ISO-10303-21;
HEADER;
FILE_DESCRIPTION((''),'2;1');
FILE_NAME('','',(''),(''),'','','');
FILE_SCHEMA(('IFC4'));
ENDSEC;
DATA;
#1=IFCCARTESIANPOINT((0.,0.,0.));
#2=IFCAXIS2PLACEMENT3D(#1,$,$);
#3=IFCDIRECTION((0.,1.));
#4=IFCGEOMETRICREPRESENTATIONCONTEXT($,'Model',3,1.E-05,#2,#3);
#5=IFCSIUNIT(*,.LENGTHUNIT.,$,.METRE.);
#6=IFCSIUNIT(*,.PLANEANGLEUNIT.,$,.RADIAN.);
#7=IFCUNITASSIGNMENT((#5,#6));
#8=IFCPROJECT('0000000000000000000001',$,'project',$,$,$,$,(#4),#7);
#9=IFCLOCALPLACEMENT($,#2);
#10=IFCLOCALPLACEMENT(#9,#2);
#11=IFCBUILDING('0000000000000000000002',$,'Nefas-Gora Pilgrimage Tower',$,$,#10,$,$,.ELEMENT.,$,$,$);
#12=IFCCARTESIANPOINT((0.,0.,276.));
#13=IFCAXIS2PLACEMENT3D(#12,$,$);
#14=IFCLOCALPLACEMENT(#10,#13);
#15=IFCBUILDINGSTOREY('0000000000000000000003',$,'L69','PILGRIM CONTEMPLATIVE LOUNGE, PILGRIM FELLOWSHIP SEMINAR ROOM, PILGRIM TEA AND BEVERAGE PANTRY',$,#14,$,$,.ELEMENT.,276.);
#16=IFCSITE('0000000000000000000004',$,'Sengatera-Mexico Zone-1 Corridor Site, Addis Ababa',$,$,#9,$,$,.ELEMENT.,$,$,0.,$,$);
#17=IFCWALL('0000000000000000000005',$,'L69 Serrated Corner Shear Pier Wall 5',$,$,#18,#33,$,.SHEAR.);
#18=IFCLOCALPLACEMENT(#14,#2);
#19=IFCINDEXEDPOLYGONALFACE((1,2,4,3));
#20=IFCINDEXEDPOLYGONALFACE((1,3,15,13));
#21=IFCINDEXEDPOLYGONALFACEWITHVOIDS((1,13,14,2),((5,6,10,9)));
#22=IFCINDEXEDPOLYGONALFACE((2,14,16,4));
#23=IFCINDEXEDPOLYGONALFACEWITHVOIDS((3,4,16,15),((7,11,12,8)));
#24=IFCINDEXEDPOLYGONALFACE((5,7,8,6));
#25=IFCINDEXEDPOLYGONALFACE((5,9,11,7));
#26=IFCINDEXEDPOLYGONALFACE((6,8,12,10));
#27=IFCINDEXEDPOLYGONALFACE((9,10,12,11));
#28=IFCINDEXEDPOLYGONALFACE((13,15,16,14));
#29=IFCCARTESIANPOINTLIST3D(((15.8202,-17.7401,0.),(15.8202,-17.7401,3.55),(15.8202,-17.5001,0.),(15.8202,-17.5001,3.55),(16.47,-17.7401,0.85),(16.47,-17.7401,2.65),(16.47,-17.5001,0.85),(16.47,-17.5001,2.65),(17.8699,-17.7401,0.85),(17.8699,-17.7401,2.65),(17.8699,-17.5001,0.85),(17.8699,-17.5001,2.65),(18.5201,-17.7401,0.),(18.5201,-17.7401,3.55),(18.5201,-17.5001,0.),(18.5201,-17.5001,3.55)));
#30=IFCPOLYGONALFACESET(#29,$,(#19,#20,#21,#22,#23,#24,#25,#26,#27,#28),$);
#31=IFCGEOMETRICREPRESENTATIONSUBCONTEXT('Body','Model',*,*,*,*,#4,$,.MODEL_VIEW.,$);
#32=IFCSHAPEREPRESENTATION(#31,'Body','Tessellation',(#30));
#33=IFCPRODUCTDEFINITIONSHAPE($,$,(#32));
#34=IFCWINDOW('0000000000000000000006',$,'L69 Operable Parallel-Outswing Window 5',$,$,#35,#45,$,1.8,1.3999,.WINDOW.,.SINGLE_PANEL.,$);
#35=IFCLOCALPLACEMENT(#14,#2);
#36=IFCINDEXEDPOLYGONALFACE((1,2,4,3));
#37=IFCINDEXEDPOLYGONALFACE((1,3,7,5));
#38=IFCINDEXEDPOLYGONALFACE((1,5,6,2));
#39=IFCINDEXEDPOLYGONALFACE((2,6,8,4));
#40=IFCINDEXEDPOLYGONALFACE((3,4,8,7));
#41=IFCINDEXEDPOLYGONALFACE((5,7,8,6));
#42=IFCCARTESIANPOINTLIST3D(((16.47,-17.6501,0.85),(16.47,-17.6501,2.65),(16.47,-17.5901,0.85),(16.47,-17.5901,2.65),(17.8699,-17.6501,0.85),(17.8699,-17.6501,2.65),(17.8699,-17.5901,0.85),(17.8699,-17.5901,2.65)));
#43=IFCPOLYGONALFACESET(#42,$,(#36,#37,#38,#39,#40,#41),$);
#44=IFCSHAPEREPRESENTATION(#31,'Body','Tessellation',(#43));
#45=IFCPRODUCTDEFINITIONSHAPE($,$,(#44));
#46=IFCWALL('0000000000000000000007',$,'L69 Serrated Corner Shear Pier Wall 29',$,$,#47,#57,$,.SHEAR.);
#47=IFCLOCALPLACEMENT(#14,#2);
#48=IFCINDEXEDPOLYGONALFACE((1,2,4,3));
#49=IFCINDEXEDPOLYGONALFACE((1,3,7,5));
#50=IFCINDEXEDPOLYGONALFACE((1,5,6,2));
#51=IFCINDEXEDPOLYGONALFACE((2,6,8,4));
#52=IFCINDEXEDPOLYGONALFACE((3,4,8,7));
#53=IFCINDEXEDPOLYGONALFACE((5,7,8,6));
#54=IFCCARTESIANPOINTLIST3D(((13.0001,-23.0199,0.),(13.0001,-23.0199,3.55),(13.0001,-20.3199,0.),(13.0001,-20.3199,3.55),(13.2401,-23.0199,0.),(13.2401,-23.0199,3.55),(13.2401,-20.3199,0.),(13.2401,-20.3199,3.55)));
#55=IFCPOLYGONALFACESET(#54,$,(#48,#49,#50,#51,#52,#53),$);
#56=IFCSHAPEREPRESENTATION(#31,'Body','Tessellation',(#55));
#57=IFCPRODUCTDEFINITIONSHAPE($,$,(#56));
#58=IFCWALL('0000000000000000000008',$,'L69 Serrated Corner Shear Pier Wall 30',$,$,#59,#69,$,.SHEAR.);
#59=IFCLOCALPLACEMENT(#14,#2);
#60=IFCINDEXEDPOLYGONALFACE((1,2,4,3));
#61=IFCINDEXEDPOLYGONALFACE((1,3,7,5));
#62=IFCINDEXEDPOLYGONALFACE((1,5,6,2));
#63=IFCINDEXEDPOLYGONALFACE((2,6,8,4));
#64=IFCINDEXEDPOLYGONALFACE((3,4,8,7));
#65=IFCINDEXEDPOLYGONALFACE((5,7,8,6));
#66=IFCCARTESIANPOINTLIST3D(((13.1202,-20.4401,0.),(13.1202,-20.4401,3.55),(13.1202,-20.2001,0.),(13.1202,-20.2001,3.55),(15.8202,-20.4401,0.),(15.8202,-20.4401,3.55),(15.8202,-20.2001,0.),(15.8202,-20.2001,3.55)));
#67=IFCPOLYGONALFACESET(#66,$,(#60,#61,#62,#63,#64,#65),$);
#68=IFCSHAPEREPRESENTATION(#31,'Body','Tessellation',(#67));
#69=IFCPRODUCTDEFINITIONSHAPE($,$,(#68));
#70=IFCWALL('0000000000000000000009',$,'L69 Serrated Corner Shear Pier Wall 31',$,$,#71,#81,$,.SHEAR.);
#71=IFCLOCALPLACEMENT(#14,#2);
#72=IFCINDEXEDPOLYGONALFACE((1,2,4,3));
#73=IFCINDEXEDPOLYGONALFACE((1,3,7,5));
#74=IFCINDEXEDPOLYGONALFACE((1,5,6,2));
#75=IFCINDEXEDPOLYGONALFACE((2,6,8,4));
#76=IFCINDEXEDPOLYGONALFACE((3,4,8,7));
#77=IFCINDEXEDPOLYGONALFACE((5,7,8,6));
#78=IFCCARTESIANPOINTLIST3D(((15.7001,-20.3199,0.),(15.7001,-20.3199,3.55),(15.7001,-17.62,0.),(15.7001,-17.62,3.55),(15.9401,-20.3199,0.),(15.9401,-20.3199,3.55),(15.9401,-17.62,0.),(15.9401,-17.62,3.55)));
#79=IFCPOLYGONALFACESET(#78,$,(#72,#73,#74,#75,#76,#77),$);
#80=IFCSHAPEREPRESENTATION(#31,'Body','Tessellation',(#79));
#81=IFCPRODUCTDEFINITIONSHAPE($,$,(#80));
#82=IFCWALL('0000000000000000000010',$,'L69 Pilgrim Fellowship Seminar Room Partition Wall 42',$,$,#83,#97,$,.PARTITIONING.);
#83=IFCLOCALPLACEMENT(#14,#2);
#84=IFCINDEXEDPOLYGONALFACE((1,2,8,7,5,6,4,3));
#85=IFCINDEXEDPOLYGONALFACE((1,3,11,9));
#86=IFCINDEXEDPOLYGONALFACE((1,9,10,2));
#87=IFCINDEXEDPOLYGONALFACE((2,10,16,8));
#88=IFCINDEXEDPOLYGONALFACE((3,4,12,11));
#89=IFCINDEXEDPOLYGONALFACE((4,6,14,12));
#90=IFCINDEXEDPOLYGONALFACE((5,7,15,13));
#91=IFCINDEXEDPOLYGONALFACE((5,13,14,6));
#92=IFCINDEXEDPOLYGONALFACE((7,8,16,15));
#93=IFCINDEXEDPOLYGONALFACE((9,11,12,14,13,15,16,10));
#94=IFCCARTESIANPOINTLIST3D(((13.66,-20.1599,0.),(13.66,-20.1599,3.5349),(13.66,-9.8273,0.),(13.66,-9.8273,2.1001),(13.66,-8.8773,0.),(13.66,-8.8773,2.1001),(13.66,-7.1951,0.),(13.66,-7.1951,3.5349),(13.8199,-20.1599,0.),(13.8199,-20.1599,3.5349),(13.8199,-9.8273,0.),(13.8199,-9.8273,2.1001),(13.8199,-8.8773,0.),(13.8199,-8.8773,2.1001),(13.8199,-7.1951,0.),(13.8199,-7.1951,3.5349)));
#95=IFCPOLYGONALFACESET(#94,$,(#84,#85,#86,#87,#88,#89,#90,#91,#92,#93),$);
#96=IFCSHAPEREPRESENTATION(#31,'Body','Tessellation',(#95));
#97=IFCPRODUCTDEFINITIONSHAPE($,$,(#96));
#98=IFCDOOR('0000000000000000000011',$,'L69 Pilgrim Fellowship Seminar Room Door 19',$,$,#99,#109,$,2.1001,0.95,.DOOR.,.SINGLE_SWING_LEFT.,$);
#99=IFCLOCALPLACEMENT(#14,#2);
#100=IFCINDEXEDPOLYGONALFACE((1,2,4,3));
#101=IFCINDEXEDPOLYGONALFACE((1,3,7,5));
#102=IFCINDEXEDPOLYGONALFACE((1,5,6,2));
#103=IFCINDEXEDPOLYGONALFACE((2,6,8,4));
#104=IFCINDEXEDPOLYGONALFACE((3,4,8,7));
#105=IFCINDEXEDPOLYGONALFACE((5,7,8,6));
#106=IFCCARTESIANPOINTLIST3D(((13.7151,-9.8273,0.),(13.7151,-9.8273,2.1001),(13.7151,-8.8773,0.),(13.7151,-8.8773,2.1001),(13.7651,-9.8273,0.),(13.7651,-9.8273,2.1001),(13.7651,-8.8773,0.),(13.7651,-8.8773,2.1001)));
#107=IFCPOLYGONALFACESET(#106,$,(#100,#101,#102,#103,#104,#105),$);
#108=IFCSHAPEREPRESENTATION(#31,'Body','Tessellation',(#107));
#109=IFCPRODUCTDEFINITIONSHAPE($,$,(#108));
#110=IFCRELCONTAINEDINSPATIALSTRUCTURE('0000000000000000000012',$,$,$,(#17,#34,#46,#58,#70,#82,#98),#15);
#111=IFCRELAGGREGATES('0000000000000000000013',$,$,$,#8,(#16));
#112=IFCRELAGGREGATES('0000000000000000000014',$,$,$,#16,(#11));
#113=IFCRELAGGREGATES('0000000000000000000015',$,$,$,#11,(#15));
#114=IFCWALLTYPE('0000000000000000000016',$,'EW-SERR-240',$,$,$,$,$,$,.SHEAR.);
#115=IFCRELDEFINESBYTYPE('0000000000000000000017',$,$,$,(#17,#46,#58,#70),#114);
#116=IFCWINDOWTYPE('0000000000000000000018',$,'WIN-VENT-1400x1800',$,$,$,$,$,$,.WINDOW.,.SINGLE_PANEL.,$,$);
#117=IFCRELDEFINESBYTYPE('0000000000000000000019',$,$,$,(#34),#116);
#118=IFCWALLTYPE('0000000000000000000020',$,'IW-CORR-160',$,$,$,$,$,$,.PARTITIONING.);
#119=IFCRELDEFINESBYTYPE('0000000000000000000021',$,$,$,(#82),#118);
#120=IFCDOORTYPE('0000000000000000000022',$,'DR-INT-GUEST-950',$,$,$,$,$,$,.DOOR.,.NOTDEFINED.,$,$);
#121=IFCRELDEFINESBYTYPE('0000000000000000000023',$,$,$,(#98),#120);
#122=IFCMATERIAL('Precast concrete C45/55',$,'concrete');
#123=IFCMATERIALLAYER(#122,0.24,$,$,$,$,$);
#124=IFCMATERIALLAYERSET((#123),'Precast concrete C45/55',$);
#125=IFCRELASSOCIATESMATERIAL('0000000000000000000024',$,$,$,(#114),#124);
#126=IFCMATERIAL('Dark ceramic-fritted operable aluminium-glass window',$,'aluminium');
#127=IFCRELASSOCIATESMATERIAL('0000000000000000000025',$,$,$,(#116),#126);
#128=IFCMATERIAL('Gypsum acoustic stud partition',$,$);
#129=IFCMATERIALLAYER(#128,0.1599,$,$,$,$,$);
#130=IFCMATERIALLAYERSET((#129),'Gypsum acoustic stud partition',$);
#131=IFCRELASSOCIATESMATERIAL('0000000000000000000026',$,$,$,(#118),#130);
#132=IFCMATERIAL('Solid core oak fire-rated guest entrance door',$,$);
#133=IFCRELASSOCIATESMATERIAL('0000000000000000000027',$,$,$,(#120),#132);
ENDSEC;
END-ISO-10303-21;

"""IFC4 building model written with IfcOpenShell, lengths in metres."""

from ifc_helpers import new_model, si_unit, direction, frame, frame_2d, origin, place, context, subcontext, project, spatial, rectangle, extrude, source, transform, mapped, material, layer, layer_set, type_object, element, fill, save


model = new_model("IFC4")

# Units and contexts
model_context = context("Model", 3, precision=1e-05, world=origin(), true_north=direction((0.0, 1.0)))
body_context = subcontext(model_context, "Body", "Model", "MODEL_VIEW")
ifc_project = project(units=[si_unit("LENGTHUNIT", "METRE"), si_unit("PLANEANGLEUNIT", "RADIAN")], contexts=[model_context])

# Site, building, storey
site_placement = place(None, origin())
site = spatial("IfcSite", under=ifc_project, at=site_placement, Name="Sengatera-Mexico Zone-1 Corridor Site, Addis Ababa", CompositionType="ELEMENT", RefElevation=0.0)
building_placement = place(site_placement, origin())
building = spatial("IfcBuilding", under=site, at=building_placement, Name="Nefas-Gora Pilgrimage Tower", CompositionType="ELEMENT")
storey_placement = place(building_placement, frame((0.0, 0.0, 276.0)))
storey = spatial("IfcBuildingStorey", under=building, at=storey_placement, Name="L69", Description="PILGRIM CONTEMPLATIVE LOUNGE, PILGRIM FELLOWSHIP SEMINAR ROOM, PILGRIM TEA AND BEVERAGE PANTRY", CompositionType="ELEMENT", Elevation=276.0)

# Shared definitions
ifc_material_1 = material(Name="Precast concrete C45/55", Category="concrete")
ifc_layer_1 = layer(ifc_material_1, 0.24)
ifc_layer_set_1 = layer_set([ifc_layer_1], Name="Precast concrete C45/55")
wall_type_1 = type_object("IfcWallType", Name="EW-SERR-240", PredefinedType="SHEAR", material=ifc_layer_set_1)

# Wall, opening, window
shared_shape_1 = source(origin(), body_context, "Body", "SweptSolid", [
    extrude(rectangle(XDim=2.7, YDim=0.24, at=frame_2d((1.3501, 0.0))), origin(), (0.0, 0.0, 1.0), 3.55),
])
wall_1_placement = place(storey_placement, frame((15.8201, -17.6201, 0.0), z_axis=(0.0, 0.0, 1.0), x_axis=(1.0, 0.0, 0.0)))
wall_1 = element("IfcWall", 1, at=wall_1_placement, inside=storey, type_object=wall_type_1, Name="L69 Serrated Corner Shear Pier Wall 5", PredefinedType="SHEAR", context=body_context, shape_type="MappedRepresentation", body=[
    mapped(shared_shape_1, transform((0.0, 0.0, 0.0), x_axis=(1.0, 0.0, 0.0), y_axis=(0.0, 1.0, 0.0), z_axis=(0.0, 0.0, 1.0), scale=1.0)),
])
opening_1_placement = place(wall_1_placement, frame((0.6499, 0.0, 0.8501)))
opening_1 = element("IfcOpeningElement", 2, at=opening_1_placement, cuts=wall_1, PredefinedType="OPENING", context=body_context, shape_type="SweptSolid", body=[
    extrude(rectangle(XDim=1.3999, YDim=1.8, at=frame_2d((0.7, 0.8999))), frame((0.0, 0.1299, 0.0), z_axis=(0.0, -1.0, 0.0), x_axis=(1.0, 0.0, 0.0)), (0.0, 0.0, 1.0), 0.26),
])
ifc_material_2 = material(Name="Dark ceramic-fritted operable aluminium-glass window", Category="aluminium")
window_type = type_object("IfcWindowType", Name="WIN-VENT-1400x1800", PartitioningType="SINGLE_PANEL", PredefinedType="WINDOW", material=ifc_material_2)
shared_shape_2 = source(origin(), body_context, "Body", "SweptSolid", [
    extrude(rectangle(XDim=1.3999, YDim=1.8, at=frame_2d((0.7, 0.8999))), frame((0.0, 0.03, 0.0), z_axis=(0.0, -1.0, 0.0), x_axis=(1.0, 0.0, 0.0)), (0.0, 0.0, 1.0), 0.0601),
])
window_placement = place(opening_1_placement, origin())
window = element("IfcWindow", 3, at=window_placement, inside=storey, type_object=window_type, Name="L69 Operable Parallel-Outswing Window 5", OverallHeight=1.8, OverallWidth=1.3999, PartitioningType="SINGLE_PANEL", PredefinedType="WINDOW", context=body_context, shape_type="MappedRepresentation", body=[
    mapped(shared_shape_2, transform((0.0, 0.0, 0.0), x_axis=(1.0, 0.0, 0.0), y_axis=(0.0, 1.0, 0.0), z_axis=(0.0, 0.0, 1.0), scale=1.0)),
])
fill(opening_1, window)

# Walls
for number, where, z_axis, x_axis, name in (
    (4, (13.1201, -23.02, 0.0), (0.0, 0.0, 1.0), (0.0, 1.0, 0.0), "L69 Serrated Corner Shear Pier Wall 29"),
    (5, (13.1201, -20.3201, 0.0), (0.0, 0.0, 1.0), (1.0, 0.0, 0.0), "L69 Serrated Corner Shear Pier Wall 30"),
    (6, (15.8201, -20.3201, 0.0), (0.0, 0.0, 1.0), (0.0, 1.0, 0.0), "L69 Serrated Corner Shear Pier Wall 31"),
):
    element("IfcWall", number, at=place(storey_placement, frame(where, z_axis=z_axis, x_axis=x_axis)), inside=storey, type_object=wall_type_1, Name=name, PredefinedType="SHEAR", context=body_context, shape_type="MappedRepresentation", body=[
        mapped(shared_shape_1, transform((0.0, 0.0, 0.0), x_axis=(1.0, 0.0, 0.0), y_axis=(0.0, 1.0, 0.0), z_axis=(0.0, 0.0, 1.0), scale=1.0)),
    ])

# Wall, opening, door
ifc_material_3 = material(Name="Gypsum acoustic stud partition")
ifc_layer_2 = layer(ifc_material_3, 0.1599)
ifc_layer_set_2 = layer_set([ifc_layer_2], Name="Gypsum acoustic stud partition")
wall_type_2 = type_object("IfcWallType", Name="IW-CORR-160", PredefinedType="PARTITIONING", material=ifc_layer_set_2)
shared_shape_3 = source(origin(), body_context, "Body", "SweptSolid", [
    extrude(rectangle(XDim=12.9648, YDim=0.1599, at=frame_2d((6.4824, 0.0))), origin(), (0.0, 0.0, 1.0), 3.5349),
])
wall_2_placement = place(storey_placement, frame((13.74, -20.1599, 0.0), z_axis=(0.0, 0.0, 1.0), x_axis=(0.0, 1.0, 0.0)))
wall_2 = element("IfcWall", 7, at=wall_2_placement, inside=storey, type_object=wall_type_2, Name="L69 Pilgrim Fellowship Seminar Room Partition Wall 42", PredefinedType="PARTITIONING", context=body_context, shape_type="MappedRepresentation", body=[
    mapped(shared_shape_3, transform((0.0, 0.0, 0.0), x_axis=(1.0, 0.0, 0.0), y_axis=(0.0, 1.0, 0.0), z_axis=(0.0, 0.0, 1.0), scale=1.0)),
])
opening_2_placement = place(wall_2_placement, frame((10.3325, 0.0, 0.0)))
opening_2 = element("IfcOpeningElement", 8, at=opening_2_placement, cuts=wall_2, PredefinedType="OPENING", context=body_context, shape_type="SweptSolid", body=[
    extrude(rectangle(XDim=0.95, YDim=2.1001, at=frame_2d((0.4751, 1.05))), frame((0.0, 0.0898, 0.0), z_axis=(0.0, -1.0, 0.0), x_axis=(1.0, 0.0, 0.0)), (0.0, 0.0, 1.0), 0.1799),
])
ifc_material_4 = material(Name="Solid core oak fire-rated guest entrance door")
door_type = type_object("IfcDoorType", Name="DR-INT-GUEST-950", OperationType="NOTDEFINED", PredefinedType="DOOR", material=ifc_material_4)
shared_shape_4 = source(origin(), body_context, "Body", "SweptSolid", [
    extrude(rectangle(XDim=0.95, YDim=2.1001, at=frame_2d((0.4751, 1.05))), frame((0.0, 0.0249, 0.0), z_axis=(0.0, -1.0, 0.0), x_axis=(1.0, 0.0, 0.0)), (0.0, 0.0, 1.0), 0.05),
])
door_placement = place(opening_2_placement, origin())
door = element("IfcDoor", 9, at=door_placement, inside=storey, type_object=door_type, Name="L69 Pilgrim Fellowship Seminar Room Door 19", OperationType="SINGLE_SWING_LEFT", OverallHeight=2.1001, OverallWidth=0.95, PredefinedType="DOOR", context=body_context, shape_type="MappedRepresentation", body=[
    mapped(shared_shape_4, transform((0.0, 0.0, 0.0), x_axis=(1.0, 0.0, 0.0), y_axis=(0.0, 1.0, 0.0), z_axis=(0.0, 0.0, 1.0), scale=1.0)),
])
fill(opening_2, door)

save(model, "model.ifc")
